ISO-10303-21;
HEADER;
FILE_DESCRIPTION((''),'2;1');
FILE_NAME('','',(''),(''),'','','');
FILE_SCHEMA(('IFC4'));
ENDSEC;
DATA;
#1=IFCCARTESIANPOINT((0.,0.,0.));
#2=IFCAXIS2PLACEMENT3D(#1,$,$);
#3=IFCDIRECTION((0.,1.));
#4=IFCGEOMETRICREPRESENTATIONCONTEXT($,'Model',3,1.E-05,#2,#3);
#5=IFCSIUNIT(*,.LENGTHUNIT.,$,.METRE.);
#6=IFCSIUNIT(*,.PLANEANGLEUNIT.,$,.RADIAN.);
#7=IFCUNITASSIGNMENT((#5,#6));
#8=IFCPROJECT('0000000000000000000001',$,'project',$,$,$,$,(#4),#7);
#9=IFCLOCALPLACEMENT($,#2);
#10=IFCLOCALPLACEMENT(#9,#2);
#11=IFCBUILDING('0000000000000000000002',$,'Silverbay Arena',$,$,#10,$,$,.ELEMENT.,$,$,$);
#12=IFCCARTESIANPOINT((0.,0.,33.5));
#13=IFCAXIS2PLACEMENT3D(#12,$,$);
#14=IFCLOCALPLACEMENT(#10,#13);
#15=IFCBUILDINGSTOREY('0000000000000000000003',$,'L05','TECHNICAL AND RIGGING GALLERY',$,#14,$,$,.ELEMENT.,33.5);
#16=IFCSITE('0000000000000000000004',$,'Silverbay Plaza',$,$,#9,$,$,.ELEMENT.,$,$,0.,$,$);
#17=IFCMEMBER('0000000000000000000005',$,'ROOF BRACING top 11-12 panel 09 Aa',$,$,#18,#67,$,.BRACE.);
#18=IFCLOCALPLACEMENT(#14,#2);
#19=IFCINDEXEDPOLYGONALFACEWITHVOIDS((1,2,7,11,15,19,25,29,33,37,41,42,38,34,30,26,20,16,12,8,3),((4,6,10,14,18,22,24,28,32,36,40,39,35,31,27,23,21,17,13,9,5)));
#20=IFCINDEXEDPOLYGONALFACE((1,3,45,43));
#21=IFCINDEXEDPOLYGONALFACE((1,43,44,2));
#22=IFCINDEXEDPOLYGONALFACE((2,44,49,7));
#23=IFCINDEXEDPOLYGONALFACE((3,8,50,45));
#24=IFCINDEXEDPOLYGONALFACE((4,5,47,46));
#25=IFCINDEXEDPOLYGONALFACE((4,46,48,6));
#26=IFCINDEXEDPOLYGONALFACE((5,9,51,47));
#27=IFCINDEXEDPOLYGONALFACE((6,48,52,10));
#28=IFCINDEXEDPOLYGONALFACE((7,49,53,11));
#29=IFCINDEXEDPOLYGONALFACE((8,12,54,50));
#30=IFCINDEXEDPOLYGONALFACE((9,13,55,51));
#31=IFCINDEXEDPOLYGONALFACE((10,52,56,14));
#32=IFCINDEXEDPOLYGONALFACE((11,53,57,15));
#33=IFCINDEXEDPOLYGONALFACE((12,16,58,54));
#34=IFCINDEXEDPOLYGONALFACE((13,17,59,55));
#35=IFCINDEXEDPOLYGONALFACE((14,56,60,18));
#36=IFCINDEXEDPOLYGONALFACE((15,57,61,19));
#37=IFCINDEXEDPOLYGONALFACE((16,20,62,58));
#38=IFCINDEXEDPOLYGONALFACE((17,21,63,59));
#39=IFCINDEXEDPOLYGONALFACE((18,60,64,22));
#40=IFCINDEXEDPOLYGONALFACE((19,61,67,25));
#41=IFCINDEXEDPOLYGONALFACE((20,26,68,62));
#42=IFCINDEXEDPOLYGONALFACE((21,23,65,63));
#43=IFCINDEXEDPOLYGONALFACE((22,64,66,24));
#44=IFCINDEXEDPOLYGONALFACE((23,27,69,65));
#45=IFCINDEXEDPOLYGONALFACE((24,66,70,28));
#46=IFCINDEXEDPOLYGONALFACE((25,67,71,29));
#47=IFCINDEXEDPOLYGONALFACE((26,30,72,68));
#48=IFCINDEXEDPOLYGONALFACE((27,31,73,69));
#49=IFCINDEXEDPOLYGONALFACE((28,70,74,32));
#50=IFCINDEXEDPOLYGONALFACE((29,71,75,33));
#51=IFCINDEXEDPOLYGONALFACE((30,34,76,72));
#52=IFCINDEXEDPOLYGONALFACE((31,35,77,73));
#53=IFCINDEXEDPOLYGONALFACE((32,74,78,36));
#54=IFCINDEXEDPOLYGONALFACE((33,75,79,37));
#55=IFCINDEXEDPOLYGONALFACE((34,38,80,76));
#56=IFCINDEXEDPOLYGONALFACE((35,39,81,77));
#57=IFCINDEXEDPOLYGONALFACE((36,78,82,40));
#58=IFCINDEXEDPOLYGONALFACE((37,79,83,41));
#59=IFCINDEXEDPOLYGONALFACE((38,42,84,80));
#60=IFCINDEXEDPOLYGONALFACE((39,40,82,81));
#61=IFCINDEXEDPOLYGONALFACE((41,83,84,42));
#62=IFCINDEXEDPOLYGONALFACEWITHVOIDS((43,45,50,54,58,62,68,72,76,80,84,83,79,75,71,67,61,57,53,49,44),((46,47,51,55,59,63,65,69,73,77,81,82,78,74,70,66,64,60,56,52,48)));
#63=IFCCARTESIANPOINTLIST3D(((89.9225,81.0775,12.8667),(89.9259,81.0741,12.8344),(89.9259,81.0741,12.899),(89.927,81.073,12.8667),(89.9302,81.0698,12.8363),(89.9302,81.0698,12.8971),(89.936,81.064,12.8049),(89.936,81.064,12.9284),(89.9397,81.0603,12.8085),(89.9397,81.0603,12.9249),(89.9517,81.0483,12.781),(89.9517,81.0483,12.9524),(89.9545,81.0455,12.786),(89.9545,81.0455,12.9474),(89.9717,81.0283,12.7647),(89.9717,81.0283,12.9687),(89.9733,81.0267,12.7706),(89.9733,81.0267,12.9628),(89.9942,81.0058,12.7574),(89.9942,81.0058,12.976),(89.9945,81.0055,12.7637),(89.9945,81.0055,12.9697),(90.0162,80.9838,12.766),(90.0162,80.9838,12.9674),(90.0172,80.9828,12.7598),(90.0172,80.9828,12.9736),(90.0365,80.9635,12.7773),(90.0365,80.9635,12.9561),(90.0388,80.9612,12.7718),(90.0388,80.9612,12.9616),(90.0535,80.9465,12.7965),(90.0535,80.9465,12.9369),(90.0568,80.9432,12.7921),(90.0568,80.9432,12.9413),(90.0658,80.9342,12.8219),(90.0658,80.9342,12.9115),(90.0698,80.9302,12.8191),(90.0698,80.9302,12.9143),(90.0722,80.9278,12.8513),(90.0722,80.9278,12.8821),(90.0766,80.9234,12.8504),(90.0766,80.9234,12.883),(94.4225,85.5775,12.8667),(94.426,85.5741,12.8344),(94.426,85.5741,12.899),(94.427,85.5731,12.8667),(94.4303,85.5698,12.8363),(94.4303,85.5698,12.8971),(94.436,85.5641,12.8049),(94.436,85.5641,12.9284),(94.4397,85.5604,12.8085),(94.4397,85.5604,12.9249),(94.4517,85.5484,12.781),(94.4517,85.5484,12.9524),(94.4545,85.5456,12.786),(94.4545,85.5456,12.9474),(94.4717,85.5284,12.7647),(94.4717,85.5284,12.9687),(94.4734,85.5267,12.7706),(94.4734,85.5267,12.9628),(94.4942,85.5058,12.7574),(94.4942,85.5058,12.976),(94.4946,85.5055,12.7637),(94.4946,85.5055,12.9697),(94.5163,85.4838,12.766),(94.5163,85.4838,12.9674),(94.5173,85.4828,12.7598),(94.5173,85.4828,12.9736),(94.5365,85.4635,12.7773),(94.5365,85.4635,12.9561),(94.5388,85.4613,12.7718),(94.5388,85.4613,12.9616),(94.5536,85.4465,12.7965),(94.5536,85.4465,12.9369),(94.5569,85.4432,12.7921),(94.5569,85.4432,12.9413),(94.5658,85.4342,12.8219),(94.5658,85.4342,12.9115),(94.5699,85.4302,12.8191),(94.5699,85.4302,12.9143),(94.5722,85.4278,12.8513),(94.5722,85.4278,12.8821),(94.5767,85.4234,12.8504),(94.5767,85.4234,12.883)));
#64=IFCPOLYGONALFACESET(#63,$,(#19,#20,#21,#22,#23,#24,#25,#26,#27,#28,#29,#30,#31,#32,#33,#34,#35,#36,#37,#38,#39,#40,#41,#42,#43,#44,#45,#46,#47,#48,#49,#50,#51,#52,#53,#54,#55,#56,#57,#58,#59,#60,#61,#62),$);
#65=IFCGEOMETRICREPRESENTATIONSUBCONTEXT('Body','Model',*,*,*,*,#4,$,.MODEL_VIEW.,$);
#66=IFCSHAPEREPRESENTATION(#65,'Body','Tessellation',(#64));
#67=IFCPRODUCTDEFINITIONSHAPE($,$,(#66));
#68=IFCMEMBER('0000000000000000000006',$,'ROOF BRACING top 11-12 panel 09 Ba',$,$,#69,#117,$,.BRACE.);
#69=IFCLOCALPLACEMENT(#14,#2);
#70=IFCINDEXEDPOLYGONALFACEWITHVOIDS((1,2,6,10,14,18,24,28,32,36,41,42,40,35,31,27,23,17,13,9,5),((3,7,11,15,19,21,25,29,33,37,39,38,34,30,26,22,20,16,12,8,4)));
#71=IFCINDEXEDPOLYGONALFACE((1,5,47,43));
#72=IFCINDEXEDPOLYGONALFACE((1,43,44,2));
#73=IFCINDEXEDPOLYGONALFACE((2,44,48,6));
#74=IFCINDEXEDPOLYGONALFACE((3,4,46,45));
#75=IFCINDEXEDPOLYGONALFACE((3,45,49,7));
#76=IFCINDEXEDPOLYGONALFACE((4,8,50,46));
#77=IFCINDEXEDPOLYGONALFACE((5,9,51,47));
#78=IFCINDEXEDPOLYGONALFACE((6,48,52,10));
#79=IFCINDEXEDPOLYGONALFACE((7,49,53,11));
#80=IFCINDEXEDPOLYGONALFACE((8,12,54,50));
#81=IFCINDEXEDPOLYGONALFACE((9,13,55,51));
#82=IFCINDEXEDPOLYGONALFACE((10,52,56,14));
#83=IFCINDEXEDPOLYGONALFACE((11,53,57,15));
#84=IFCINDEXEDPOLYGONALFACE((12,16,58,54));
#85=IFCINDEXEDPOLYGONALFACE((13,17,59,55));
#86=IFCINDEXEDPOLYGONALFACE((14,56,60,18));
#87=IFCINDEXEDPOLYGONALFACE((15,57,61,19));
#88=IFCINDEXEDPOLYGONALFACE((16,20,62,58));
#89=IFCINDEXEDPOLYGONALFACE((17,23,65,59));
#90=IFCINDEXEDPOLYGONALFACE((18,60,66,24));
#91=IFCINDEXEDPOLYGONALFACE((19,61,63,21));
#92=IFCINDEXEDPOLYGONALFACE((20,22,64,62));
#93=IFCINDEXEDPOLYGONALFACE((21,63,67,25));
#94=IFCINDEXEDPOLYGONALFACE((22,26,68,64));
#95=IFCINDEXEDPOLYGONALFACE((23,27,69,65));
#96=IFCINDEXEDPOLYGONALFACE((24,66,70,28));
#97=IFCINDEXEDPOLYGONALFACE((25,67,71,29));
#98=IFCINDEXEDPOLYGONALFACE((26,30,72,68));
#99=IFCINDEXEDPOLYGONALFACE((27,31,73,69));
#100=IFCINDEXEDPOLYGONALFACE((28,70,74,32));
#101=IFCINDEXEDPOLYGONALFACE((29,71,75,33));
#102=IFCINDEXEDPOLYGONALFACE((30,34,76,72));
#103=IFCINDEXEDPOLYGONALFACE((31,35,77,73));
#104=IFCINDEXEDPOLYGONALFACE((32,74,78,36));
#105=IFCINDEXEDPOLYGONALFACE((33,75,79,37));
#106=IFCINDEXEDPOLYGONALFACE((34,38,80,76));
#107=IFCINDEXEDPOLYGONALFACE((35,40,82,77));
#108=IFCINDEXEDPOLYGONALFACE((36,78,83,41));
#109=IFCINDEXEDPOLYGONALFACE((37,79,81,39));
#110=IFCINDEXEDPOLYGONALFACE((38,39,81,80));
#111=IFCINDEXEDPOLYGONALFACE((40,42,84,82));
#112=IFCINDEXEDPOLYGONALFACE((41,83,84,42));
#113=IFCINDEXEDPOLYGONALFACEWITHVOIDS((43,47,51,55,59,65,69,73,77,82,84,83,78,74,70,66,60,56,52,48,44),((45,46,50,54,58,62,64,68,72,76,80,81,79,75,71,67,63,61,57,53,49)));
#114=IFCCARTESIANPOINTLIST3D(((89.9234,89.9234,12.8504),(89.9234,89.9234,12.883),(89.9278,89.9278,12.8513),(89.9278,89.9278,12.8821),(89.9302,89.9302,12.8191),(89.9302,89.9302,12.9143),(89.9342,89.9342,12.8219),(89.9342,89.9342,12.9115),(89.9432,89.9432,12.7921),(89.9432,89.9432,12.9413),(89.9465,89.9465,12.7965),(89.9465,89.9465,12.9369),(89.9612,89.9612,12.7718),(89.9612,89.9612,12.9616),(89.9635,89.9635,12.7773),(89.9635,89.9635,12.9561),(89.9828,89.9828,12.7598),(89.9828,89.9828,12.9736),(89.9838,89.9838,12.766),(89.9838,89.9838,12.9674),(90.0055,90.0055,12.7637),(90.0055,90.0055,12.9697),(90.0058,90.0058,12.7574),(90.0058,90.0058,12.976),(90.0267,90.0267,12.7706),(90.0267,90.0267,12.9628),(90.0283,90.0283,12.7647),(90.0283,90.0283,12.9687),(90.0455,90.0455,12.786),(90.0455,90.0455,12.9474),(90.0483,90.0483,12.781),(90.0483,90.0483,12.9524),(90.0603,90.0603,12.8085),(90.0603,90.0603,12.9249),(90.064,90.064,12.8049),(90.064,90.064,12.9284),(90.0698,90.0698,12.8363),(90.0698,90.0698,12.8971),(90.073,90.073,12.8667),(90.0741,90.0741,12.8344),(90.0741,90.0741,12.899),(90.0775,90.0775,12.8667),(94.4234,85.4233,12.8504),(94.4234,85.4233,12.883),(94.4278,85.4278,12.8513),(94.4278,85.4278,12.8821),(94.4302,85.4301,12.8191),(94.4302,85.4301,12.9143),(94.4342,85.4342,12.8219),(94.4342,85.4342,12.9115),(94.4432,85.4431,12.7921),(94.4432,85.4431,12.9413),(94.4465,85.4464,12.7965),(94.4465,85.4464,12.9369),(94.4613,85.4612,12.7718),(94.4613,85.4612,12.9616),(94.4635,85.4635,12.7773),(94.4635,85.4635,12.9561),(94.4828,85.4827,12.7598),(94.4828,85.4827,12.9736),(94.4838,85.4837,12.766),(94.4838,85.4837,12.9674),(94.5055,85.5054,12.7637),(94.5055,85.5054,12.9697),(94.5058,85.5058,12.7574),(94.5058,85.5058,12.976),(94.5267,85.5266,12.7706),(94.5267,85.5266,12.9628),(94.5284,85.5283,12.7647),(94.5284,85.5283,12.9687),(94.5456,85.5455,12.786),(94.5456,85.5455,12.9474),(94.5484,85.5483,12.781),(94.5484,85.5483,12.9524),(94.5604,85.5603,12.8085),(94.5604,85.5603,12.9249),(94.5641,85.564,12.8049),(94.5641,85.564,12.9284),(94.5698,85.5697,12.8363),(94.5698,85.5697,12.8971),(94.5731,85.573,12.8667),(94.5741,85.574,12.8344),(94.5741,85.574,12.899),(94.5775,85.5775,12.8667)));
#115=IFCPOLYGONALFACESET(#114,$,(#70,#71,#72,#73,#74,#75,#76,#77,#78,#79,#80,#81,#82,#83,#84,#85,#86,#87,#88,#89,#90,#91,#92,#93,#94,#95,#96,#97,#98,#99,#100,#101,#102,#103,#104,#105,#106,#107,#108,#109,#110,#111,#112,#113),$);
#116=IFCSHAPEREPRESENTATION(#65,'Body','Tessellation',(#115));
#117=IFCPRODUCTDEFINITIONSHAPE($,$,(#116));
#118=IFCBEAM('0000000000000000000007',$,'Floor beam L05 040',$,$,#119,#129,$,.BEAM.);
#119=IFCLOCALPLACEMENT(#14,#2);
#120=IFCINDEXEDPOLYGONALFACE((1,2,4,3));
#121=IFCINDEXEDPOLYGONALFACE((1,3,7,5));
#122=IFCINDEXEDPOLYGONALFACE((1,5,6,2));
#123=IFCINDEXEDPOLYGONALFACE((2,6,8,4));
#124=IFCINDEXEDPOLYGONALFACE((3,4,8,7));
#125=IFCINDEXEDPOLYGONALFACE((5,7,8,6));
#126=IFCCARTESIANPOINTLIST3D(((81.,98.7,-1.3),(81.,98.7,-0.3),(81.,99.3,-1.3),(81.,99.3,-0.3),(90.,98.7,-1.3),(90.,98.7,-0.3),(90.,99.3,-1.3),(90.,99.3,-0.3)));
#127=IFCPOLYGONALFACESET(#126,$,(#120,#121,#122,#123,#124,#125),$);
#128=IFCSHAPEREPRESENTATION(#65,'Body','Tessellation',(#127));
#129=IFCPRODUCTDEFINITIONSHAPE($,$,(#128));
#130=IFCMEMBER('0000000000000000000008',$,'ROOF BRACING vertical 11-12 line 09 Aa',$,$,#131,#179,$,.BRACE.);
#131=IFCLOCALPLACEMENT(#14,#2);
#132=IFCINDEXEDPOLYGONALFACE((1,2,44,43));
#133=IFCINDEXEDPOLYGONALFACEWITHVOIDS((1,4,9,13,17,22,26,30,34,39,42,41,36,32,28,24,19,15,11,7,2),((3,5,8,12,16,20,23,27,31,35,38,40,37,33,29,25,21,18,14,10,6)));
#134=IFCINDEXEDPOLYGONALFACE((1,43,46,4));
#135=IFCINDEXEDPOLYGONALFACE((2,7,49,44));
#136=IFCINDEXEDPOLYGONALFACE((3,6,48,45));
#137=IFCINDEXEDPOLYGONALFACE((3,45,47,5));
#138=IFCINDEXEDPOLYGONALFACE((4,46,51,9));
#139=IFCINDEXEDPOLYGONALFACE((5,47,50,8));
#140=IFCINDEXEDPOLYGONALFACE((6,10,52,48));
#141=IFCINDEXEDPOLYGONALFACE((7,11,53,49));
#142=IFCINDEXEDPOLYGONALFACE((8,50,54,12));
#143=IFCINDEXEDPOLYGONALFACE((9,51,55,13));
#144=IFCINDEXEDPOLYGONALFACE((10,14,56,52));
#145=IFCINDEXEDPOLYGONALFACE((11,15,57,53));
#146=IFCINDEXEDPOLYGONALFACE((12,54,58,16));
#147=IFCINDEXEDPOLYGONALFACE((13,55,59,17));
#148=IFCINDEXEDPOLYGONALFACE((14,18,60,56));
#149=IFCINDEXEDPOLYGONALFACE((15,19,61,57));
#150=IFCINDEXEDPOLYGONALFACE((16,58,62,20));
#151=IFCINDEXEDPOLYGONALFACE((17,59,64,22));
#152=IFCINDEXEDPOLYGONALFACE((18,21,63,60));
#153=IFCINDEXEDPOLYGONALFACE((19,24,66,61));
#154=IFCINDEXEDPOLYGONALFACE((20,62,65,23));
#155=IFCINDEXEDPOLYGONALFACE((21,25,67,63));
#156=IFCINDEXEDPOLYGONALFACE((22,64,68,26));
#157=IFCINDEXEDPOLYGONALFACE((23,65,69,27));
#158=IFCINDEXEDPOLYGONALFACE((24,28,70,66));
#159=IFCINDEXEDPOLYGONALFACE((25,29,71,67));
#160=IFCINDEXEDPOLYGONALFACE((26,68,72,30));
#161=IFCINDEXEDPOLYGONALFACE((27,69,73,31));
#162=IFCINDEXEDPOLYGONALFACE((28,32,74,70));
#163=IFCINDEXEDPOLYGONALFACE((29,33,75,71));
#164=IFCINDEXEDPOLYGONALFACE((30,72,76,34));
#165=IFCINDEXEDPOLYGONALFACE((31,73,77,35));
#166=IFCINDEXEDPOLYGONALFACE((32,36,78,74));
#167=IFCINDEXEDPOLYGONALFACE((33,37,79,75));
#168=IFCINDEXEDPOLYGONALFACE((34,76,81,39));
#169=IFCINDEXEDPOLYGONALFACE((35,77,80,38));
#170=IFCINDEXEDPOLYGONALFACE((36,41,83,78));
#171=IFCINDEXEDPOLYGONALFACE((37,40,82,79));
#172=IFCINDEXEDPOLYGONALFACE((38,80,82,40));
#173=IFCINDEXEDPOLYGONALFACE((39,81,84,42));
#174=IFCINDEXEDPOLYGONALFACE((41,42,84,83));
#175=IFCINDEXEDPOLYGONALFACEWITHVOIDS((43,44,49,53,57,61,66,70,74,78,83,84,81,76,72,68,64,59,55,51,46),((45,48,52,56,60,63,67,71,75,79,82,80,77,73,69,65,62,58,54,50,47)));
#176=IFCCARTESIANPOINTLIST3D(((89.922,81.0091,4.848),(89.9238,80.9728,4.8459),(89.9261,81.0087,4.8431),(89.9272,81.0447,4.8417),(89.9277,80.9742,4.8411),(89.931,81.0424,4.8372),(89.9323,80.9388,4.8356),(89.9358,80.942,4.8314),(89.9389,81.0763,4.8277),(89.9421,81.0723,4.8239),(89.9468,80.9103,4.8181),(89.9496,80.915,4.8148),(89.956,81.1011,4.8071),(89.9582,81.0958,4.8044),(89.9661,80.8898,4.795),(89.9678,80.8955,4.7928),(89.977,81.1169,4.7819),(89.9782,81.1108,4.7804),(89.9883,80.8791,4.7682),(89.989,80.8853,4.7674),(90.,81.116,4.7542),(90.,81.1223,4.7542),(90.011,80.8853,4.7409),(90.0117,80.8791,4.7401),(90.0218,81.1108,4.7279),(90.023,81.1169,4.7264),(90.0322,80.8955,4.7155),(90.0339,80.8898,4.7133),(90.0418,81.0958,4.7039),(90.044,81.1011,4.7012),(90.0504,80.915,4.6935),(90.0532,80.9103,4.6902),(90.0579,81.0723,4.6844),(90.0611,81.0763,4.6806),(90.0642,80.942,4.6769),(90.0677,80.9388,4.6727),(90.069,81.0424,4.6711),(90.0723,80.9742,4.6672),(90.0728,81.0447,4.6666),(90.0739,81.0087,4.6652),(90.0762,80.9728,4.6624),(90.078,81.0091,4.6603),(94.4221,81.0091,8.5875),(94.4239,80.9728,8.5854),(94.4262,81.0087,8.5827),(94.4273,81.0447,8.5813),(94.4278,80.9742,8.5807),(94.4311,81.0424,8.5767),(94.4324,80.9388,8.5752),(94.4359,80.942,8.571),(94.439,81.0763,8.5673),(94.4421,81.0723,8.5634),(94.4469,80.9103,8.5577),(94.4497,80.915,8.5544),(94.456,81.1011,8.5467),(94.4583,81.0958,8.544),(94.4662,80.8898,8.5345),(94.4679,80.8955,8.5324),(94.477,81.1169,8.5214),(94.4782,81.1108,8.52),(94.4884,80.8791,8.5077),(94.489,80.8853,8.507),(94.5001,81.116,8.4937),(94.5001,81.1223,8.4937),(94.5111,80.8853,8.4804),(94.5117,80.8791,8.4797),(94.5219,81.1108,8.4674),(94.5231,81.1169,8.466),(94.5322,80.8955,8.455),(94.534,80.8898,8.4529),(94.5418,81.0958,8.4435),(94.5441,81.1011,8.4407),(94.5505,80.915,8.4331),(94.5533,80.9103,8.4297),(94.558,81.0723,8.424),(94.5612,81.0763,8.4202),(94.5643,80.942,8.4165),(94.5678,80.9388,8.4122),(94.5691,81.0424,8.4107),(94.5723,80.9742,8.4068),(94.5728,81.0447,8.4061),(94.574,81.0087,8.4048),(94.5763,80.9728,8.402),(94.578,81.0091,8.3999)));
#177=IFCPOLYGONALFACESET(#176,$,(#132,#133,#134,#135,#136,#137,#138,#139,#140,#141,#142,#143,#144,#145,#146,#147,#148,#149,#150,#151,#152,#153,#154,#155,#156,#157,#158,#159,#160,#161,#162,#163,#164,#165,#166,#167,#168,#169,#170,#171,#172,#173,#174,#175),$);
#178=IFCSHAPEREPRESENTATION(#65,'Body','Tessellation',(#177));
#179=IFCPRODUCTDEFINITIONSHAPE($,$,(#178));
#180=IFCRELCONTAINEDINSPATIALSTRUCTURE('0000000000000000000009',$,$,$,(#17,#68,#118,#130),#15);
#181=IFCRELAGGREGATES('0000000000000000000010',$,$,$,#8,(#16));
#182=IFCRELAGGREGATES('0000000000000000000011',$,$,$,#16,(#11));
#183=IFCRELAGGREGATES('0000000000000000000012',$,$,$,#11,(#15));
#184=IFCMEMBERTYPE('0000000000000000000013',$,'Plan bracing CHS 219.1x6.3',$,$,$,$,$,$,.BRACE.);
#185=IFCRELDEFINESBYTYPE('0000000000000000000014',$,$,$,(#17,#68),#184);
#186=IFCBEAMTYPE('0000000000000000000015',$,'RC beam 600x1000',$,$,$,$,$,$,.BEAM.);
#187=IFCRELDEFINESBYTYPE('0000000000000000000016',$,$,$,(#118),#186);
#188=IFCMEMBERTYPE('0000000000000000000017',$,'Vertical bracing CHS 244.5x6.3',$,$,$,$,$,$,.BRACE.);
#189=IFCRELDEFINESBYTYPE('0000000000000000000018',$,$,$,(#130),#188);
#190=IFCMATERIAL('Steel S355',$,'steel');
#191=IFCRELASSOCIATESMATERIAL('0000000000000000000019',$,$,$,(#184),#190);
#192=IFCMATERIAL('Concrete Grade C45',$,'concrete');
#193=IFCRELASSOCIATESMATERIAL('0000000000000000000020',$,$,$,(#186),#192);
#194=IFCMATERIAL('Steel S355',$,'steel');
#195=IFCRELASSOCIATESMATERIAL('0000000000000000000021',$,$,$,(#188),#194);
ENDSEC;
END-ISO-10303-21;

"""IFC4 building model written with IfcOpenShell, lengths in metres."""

from ifc_helpers import new_model, si_unit, direction, frame, origin, origin_2d, place, context, subcontext, project, spatial, rectangle, hollow_circle, extrude, material, material_profile, profile_set, type_object, element, save


model = new_model("IFC4")

# Units and contexts
model_context = context("Model", 3, precision=1e-05, world=origin(), true_north=direction((0.0, 1.0)))
body_context = subcontext(model_context, "Body", "Model", "MODEL_VIEW")
ifc_project = project(units=[si_unit("LENGTHUNIT", "METRE"), si_unit("PLANEANGLEUNIT", "RADIAN")], contexts=[model_context])

# Site, building, storey
site_placement = place(None, origin())
site = spatial("IfcSite", under=ifc_project, at=site_placement, Name="Silverbay Plaza", CompositionType="ELEMENT", RefElevation=0.0)
building_placement = place(site_placement, origin())
building = spatial("IfcBuilding", under=site, at=building_placement, Name="Silverbay Arena", CompositionType="ELEMENT")
storey_placement = place(building_placement, frame((0.0, 0.0, 33.5)))
storey = spatial("IfcBuildingStorey", under=building, at=storey_placement, Name="L05", Description="TECHNICAL AND RIGGING GALLERY", CompositionType="ELEMENT", Elevation=33.5)

# Members
ifc_material_1 = material(Name="Steel S355", Category="steel")
ifc_material_profile_1 = material_profile(ifc_material_1, hollow_circle(Radius=0.1096, WallThickness=0.0063, at=origin_2d()), Name="CHS 219.1x6.3")
ifc_profile_set_1 = profile_set([ifc_material_profile_1], Name="Steel S355")
member_type_1 = type_object("IfcMemberType", Name="Plan bracing CHS 219.1x6.3", PredefinedType="BRACE", material=ifc_profile_set_1)
for number, where, z_axis, x_axis, name in (
    (1, (90.0, 81.0, 12.8667), (0.707107, 0.707107, 0.0), (-0.707107, 0.707107, 0.0), "ROOF BRACING top 11-12 panel 09 Aa"),
    (2, (90.0, 90.0, 12.8667), (0.707107, -0.707107, 0.0), (0.707107, 0.707107, 0.0), "ROOF BRACING top 11-12 panel 09 Ba"),
):
    element("IfcMember", number, at=place(storey_placement, frame(where, z_axis=z_axis, x_axis=x_axis)), inside=storey, type_object=member_type_1, Name=name, PredefinedType="BRACE", context=body_context, shape_type="SweptSolid", body=[
        extrude(hollow_circle(Radius=0.1096, WallThickness=0.0063, at=origin_2d()), origin(), (0.0, 0.0, 1.0), 6.364),
    ])

# Beam
ifc_material_2 = material(Name="Concrete Grade C45", Category="concrete")
ifc_material_profile_2 = material_profile(ifc_material_2, rectangle(XDim=0.6001, YDim=1.0, at=origin_2d()), Name="RC 600x1000")
ifc_profile_set_2 = profile_set([ifc_material_profile_2], Name="Concrete Grade C45")
beam_type = type_object("IfcBeamType", Name="RC beam 600x1000", PredefinedType="BEAM", material=ifc_profile_set_2)
beam_placement = place(storey_placement, frame((81.0, 99.0, -0.8), z_axis=(1.0, 0.0, 0.0), x_axis=(0.0, 1.0, 0.0)))
element("IfcBeam", 3, at=beam_placement, inside=storey, type_object=beam_type, Name="Floor beam L05 040", PredefinedType="BEAM", context=body_context, shape_type="SweptSolid", body=[
    extrude(rectangle(XDim=0.6001, YDim=1.0, at=origin_2d()), origin(), (0.0, 0.0, 1.0), 9.0),
])

# Member
ifc_material_3 = material(Name="Steel S355", Category="steel")
ifc_material_profile_3 = material_profile(ifc_material_3, hollow_circle(Radius=0.1223, WallThickness=0.0063, at=origin_2d()), Name="CHS 244.5x6.3")
ifc_profile_set_3 = profile_set([ifc_material_profile_3], Name="Steel S355")
member_type_2 = type_object("IfcMemberType", Name="Vertical bracing CHS 244.5x6.3", PredefinedType="BRACE", material=ifc_profile_set_3)
for number, where, z_axis, x_axis, name in (
    (4, (90.0, 81.0, 4.7542), (0.769103, 0.0, 0.639125), (0.0, 1.0, 0.0), "ROOF BRACING vertical 11-12 line 09 Aa"),
):
    element("IfcMember", number, at=place(storey_placement, frame(where, z_axis=z_axis, x_axis=x_axis)), inside=storey, type_object=member_type_2, Name=name, PredefinedType="BRACE", context=body_context, shape_type="SweptSolid", body=[
        extrude(hollow_circle(Radius=0.1223, WallThickness=0.0063, at=origin_2d()), origin(), (0.0, 0.0, 1.0), 5.8511),
    ])

save(model, "model.ifc")
